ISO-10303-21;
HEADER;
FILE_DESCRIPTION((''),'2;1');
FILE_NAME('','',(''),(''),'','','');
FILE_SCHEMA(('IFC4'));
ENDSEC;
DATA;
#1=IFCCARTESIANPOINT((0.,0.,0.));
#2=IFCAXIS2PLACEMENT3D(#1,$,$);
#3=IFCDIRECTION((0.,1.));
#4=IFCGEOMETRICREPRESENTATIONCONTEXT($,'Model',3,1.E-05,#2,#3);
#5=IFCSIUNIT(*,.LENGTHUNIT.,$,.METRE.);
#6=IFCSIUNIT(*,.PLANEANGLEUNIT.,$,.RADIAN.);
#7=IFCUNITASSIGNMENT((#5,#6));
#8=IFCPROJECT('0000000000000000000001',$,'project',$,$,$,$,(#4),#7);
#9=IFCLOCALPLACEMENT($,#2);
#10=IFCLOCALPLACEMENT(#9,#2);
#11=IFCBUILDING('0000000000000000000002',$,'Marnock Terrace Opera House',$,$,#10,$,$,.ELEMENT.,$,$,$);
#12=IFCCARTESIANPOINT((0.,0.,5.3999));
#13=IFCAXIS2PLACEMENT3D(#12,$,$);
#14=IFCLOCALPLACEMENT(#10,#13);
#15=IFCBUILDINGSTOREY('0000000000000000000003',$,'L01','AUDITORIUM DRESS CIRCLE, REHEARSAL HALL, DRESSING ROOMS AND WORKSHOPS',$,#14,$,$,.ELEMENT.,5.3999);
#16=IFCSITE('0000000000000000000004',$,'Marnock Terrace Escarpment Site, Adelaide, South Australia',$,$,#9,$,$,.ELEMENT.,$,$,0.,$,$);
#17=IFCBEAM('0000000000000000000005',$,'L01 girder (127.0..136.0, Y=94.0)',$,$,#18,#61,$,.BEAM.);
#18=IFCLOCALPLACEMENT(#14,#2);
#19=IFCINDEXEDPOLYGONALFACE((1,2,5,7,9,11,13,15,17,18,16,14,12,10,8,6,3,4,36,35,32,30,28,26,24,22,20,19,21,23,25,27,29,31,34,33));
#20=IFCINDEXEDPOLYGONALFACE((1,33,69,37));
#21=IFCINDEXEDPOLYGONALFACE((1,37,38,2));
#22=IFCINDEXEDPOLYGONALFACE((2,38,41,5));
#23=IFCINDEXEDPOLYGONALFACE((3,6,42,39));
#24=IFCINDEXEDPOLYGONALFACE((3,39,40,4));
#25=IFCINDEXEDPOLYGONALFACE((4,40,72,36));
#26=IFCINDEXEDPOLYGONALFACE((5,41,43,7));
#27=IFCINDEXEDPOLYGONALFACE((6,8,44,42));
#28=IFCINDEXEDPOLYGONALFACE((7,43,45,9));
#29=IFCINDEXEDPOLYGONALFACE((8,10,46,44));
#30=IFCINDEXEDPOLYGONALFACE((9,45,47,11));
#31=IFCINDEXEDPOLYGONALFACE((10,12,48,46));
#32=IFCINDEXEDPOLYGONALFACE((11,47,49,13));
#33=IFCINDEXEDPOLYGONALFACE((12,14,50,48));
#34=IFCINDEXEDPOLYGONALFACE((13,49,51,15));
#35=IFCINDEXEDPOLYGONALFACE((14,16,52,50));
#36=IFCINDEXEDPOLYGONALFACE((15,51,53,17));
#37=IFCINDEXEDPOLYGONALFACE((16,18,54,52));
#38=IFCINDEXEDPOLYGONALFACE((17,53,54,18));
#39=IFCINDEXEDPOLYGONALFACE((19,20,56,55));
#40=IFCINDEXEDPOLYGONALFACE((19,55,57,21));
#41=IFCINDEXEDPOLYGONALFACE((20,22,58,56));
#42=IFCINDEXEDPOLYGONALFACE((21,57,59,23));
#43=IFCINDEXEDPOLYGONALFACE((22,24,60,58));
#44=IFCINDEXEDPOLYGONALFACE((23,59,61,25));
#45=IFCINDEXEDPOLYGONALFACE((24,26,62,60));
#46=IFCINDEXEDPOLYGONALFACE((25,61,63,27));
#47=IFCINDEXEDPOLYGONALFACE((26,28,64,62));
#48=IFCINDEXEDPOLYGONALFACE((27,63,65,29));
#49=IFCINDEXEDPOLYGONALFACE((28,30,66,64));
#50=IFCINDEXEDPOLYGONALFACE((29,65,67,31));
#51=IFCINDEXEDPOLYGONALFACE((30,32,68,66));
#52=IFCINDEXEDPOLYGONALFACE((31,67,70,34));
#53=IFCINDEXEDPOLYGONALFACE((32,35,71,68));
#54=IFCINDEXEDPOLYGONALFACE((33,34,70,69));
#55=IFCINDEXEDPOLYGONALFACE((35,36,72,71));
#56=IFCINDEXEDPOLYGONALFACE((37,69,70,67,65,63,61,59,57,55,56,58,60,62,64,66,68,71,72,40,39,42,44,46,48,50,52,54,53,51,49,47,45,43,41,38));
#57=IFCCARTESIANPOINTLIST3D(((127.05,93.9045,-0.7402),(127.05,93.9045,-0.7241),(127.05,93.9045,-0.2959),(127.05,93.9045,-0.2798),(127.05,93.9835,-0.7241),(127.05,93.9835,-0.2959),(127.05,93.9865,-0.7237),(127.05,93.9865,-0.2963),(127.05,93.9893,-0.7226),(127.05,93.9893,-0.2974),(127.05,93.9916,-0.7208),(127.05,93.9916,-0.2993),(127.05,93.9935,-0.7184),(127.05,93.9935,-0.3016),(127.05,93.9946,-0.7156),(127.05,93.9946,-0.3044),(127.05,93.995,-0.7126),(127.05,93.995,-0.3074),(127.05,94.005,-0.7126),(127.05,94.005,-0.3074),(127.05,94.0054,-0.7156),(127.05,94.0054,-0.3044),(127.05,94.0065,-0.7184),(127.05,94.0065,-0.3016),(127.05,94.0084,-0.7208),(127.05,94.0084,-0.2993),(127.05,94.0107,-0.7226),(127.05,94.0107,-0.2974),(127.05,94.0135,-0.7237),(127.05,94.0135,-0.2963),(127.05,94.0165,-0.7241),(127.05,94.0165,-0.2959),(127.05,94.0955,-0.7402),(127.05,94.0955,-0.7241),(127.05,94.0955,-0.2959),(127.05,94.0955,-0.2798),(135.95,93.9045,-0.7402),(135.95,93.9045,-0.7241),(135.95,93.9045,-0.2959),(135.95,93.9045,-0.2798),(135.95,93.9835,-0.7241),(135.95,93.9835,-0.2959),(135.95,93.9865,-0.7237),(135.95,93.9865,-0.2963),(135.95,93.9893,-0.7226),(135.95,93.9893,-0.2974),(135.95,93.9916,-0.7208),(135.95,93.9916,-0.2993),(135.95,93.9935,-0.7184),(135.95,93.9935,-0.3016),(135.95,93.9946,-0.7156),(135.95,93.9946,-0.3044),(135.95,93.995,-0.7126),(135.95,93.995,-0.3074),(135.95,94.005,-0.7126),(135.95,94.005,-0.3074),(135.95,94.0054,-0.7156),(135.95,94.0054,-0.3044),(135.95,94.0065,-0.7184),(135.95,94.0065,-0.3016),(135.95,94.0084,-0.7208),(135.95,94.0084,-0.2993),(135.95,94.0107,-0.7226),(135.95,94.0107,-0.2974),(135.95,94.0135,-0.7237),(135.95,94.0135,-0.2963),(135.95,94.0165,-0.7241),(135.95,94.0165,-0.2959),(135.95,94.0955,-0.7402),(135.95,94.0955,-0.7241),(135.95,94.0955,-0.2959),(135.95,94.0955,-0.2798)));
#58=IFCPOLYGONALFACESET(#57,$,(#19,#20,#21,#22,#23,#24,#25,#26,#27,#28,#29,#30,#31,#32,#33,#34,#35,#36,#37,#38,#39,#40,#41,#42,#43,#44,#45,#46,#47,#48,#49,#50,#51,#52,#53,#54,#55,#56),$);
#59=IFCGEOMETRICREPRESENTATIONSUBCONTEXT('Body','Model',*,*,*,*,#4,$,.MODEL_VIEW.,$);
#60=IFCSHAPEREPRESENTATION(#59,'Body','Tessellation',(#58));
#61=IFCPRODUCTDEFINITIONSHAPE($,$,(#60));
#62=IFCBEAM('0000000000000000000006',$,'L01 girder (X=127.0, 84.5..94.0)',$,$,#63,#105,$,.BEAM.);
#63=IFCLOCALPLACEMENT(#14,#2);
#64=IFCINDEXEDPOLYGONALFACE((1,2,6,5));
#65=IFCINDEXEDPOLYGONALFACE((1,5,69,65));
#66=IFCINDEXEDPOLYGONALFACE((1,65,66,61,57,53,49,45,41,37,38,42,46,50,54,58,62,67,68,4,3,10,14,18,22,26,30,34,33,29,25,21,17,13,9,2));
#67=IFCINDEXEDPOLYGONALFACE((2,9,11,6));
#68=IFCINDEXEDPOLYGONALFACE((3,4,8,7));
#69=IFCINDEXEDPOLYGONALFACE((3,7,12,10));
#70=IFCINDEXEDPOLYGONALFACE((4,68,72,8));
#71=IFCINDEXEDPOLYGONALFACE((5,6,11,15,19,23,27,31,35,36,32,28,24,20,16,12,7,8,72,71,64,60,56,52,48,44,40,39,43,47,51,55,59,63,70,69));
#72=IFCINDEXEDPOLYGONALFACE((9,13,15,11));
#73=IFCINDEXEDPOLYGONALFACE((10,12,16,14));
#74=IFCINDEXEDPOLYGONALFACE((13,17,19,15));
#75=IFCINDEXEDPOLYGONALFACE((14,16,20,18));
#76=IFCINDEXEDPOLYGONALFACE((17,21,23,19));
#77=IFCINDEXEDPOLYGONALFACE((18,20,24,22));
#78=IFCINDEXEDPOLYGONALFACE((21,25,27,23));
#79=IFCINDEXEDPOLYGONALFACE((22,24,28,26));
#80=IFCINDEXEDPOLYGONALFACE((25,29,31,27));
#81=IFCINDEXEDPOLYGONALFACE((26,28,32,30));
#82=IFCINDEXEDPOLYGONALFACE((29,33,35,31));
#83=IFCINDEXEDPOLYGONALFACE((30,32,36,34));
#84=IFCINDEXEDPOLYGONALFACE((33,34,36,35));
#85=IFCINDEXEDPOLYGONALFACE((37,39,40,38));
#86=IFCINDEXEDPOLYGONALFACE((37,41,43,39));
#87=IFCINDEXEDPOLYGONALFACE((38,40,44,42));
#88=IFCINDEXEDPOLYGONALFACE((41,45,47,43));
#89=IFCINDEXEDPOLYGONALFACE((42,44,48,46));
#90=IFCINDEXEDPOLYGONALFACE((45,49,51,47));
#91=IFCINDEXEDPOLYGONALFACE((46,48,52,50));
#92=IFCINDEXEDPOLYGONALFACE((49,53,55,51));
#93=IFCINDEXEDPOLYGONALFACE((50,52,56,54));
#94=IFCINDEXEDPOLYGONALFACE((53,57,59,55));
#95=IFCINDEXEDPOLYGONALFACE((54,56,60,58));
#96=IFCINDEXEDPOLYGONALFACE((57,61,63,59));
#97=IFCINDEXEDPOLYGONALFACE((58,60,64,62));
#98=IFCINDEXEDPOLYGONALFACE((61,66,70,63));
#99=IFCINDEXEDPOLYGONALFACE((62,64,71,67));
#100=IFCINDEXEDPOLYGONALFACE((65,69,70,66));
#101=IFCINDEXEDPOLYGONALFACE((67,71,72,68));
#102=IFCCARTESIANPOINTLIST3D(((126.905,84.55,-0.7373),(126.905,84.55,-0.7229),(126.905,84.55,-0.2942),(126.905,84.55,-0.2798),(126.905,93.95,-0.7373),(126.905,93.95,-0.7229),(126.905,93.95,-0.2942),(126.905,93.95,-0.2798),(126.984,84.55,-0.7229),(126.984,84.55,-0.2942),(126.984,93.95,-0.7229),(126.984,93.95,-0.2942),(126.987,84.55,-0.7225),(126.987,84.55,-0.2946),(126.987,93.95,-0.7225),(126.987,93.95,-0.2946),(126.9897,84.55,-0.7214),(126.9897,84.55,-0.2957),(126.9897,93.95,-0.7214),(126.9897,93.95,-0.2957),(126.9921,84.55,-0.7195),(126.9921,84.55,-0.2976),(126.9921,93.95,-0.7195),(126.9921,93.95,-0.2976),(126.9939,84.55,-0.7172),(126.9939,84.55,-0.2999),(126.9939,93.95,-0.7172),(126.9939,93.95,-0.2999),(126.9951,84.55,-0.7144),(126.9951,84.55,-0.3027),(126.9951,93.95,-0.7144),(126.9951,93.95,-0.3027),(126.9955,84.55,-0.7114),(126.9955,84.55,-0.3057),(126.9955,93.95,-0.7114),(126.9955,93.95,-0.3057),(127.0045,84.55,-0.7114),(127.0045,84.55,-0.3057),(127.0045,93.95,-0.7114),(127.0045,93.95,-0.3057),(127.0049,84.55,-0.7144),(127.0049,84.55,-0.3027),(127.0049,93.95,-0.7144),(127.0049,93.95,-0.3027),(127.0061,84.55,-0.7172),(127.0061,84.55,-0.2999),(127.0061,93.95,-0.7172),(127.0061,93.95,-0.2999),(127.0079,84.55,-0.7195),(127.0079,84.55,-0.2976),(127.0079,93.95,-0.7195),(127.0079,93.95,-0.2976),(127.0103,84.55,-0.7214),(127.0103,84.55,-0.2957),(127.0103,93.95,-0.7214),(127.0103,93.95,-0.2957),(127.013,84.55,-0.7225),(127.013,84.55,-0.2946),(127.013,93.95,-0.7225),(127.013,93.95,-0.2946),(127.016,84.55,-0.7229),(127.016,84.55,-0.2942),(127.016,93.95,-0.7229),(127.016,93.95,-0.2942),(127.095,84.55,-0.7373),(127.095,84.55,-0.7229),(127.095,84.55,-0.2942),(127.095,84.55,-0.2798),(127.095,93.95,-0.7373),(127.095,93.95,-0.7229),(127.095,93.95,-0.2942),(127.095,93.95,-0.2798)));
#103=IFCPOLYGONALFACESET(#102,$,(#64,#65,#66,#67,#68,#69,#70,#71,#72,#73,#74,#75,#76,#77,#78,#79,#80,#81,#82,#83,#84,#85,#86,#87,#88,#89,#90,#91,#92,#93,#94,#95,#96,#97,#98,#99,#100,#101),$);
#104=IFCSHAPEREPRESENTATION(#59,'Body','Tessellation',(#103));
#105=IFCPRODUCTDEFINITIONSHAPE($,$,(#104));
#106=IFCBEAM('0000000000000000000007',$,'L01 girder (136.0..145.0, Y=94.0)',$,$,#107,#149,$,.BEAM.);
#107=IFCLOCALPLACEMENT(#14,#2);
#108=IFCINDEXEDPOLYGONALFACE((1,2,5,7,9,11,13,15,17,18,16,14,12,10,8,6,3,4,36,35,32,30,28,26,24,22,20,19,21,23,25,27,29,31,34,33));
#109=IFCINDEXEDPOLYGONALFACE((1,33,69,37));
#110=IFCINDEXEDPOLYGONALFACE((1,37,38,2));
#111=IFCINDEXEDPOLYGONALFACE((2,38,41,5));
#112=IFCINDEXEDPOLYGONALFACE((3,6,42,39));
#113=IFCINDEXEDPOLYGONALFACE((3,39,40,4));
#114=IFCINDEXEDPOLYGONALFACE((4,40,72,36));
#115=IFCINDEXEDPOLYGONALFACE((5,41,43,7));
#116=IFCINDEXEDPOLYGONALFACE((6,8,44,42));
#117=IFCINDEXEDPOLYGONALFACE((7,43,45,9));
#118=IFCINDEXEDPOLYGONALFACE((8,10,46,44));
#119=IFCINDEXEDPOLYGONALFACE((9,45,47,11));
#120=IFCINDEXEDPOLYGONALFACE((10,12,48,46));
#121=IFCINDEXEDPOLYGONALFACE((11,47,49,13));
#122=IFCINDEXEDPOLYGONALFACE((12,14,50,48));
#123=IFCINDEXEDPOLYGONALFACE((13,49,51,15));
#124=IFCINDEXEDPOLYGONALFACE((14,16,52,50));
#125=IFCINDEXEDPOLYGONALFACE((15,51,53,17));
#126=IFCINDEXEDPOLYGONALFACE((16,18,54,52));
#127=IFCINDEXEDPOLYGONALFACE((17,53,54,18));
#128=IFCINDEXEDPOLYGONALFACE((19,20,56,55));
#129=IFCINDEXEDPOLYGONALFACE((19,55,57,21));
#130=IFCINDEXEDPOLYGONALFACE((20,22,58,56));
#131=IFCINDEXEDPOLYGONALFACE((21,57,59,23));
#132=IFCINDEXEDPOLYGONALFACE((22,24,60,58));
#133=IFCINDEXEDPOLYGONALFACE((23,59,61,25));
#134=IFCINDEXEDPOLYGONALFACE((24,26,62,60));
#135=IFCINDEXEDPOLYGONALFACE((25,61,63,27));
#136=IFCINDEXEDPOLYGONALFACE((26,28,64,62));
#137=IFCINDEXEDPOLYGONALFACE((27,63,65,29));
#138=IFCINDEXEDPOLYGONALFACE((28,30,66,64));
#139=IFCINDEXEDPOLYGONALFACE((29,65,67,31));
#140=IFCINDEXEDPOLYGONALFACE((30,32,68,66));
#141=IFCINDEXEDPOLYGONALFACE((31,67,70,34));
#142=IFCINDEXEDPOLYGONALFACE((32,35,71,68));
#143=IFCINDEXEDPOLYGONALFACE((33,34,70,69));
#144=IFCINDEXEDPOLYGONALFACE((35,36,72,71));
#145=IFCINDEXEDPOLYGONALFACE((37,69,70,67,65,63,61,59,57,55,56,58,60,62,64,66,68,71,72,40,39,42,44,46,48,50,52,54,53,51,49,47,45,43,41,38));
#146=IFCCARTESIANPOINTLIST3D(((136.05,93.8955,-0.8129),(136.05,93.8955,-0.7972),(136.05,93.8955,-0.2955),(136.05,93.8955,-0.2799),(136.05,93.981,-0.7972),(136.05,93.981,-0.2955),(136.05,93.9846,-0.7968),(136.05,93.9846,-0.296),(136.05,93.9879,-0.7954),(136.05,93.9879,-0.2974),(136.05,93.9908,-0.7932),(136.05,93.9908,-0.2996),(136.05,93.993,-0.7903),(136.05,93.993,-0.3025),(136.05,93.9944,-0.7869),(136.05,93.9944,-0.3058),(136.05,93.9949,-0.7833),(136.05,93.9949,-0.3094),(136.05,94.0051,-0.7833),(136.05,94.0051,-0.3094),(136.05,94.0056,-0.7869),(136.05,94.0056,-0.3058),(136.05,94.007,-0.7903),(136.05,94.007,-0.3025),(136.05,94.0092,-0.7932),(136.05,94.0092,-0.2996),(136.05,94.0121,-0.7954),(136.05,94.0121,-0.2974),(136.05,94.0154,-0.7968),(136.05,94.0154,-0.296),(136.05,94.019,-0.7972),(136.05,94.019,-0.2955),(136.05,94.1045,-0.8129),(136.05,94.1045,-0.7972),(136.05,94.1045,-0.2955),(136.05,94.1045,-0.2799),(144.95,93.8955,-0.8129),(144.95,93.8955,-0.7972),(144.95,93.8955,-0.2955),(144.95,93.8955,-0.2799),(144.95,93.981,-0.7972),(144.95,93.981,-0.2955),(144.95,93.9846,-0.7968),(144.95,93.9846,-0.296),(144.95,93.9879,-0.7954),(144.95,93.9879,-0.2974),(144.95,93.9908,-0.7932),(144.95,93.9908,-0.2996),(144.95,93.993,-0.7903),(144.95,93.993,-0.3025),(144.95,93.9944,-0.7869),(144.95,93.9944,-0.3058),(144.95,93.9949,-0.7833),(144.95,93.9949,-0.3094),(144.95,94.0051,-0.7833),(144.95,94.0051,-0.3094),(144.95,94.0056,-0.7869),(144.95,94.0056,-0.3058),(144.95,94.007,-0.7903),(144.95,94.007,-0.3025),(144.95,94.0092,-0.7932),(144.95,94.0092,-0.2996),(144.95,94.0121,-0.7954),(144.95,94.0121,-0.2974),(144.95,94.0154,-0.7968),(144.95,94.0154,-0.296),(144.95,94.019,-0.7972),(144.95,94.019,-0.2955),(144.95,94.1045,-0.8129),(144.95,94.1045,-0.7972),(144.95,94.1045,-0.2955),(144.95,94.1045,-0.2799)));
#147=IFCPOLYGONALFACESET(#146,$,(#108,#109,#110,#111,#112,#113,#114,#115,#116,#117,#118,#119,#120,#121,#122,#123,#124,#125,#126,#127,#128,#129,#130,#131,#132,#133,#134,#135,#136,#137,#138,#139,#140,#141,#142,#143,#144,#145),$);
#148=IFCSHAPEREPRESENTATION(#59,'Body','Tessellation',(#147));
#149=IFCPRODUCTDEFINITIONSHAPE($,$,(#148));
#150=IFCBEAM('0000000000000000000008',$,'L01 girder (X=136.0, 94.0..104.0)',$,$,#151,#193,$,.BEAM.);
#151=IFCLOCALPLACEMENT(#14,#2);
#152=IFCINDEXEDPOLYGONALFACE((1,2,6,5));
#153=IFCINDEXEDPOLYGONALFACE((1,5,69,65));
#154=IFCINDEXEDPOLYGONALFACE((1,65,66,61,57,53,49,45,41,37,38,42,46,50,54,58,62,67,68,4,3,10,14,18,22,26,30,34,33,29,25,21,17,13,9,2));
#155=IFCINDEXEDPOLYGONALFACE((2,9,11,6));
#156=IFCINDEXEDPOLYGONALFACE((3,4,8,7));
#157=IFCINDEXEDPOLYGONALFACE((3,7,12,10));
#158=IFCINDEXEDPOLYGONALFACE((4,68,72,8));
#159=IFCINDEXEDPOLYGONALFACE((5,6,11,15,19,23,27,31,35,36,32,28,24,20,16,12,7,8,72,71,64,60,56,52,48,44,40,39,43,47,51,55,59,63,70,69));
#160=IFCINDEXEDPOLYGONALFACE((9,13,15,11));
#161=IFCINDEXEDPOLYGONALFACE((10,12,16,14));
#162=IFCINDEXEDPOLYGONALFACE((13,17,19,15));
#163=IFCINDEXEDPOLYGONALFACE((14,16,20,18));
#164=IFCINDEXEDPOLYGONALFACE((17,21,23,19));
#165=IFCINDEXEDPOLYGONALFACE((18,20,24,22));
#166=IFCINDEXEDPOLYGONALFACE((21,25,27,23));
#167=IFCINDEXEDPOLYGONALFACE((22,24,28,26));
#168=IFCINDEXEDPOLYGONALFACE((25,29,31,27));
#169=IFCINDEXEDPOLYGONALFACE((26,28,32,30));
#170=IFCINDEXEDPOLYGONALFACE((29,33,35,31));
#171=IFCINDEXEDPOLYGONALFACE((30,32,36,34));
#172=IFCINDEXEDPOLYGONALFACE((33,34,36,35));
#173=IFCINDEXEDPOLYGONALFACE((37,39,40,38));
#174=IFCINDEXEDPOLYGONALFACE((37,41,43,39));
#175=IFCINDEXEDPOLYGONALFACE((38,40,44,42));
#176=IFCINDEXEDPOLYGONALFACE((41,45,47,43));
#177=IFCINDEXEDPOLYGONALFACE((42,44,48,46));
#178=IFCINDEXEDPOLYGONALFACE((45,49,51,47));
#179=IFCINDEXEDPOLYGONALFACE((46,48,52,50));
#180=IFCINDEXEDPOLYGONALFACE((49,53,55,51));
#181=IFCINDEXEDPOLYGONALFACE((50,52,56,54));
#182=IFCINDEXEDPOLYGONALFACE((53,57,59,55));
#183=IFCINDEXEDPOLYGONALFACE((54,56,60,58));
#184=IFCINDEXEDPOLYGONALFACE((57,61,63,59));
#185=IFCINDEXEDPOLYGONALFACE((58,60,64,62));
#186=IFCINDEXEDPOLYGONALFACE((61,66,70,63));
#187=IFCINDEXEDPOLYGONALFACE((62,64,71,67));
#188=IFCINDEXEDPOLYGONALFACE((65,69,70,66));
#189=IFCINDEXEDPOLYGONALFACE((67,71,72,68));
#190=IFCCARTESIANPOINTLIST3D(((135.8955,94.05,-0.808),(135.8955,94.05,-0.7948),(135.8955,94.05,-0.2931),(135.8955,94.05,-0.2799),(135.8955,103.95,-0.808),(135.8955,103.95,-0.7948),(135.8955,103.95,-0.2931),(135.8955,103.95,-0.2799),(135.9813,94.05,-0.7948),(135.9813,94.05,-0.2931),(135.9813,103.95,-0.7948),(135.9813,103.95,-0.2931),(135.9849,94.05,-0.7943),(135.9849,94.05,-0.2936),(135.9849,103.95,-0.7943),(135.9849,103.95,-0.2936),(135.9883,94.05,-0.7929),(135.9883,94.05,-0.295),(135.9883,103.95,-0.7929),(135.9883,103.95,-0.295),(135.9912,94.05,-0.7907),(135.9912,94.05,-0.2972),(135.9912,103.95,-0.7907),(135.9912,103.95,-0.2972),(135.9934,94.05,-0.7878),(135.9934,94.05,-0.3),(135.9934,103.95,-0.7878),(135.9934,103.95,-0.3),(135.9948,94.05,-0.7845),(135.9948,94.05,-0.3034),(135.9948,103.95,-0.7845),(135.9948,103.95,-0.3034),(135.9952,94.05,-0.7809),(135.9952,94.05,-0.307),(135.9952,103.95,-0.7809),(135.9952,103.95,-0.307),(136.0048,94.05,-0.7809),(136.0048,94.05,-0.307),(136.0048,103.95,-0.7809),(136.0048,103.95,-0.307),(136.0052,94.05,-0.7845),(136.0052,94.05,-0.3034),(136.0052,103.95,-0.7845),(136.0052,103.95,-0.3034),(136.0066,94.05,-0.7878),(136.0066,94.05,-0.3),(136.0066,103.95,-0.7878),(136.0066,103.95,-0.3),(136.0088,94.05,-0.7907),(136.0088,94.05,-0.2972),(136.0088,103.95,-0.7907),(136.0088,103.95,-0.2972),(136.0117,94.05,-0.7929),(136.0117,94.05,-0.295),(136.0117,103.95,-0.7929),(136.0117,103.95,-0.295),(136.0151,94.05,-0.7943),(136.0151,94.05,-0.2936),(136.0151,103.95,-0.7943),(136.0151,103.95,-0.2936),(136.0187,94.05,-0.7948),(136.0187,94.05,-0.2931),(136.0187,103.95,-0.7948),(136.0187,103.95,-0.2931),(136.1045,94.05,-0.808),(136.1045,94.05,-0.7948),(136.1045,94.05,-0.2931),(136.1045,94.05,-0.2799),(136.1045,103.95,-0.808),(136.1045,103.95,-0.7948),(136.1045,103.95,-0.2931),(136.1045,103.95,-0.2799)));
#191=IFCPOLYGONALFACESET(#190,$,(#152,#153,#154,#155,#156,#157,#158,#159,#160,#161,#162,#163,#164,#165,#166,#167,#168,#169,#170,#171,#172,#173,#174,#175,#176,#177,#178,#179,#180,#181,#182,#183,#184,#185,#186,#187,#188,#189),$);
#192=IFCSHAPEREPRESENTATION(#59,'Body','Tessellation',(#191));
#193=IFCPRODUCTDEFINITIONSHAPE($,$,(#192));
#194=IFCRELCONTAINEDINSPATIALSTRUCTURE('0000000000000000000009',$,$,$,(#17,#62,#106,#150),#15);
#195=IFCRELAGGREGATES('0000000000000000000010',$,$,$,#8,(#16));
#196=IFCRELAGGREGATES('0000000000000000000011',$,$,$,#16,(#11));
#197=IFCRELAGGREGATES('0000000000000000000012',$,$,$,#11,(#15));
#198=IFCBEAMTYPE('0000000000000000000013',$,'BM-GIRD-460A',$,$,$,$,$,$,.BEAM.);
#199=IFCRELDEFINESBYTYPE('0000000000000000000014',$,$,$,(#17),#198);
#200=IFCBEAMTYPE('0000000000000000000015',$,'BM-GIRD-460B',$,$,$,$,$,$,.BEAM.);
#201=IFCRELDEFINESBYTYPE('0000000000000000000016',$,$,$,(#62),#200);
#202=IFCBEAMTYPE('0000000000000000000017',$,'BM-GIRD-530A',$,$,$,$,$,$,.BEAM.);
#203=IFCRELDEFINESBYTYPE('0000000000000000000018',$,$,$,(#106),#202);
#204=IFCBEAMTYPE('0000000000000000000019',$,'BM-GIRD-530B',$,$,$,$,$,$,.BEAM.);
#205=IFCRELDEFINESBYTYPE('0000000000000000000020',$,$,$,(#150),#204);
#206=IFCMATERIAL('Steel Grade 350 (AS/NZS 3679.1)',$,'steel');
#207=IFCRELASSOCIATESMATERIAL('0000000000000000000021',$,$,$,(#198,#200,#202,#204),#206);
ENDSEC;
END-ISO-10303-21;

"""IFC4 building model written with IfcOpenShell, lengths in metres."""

from ifc_helpers import new_model, si_unit, direction, frame, origin, origin_2d, place, context, subcontext, project, spatial, i_section, extrude, material, material_profile, profile_set, type_object, element, save


model = new_model("IFC4")

# Units and contexts
model_context = context("Model", 3, precision=1e-05, world=origin(), true_north=direction((0.0, 1.0)))
body_context = subcontext(model_context, "Body", "Model", "MODEL_VIEW")
ifc_project = project(units=[si_unit("LENGTHUNIT", "METRE"), si_unit("PLANEANGLEUNIT", "RADIAN")], contexts=[model_context])

# Site, building, storey
site_placement = place(None, origin())
site = spatial("IfcSite", under=ifc_project, at=site_placement, Name="Marnock Terrace Escarpment Site, Adelaide, South Australia", CompositionType="ELEMENT", RefElevation=0.0)
building_placement = place(site_placement, origin())
building = spatial("IfcBuilding", under=site, at=building_placement, Name="Marnock Terrace Opera House", CompositionType="ELEMENT")
storey_placement = place(building_placement, frame((0.0, 0.0, 5.3999)))
storey = spatial("IfcBuildingStorey", under=building, at=storey_placement, Name="L01", Description="AUDITORIUM DRESS CIRCLE, REHEARSAL HALL, DRESSING ROOMS AND WORKSHOPS", CompositionType="ELEMENT", Elevation=5.3999)

# Beams
ifc_material_1 = material(Name="Steel Grade 350 (AS/NZS 3679.1)", Category="steel")
ifc_material_profile_1 = material_profile(ifc_material_1, i_section(OverallWidth=0.1909, OverallDepth=0.4604, WebThickness=0.01, FlangeThickness=0.0161, FilletRadius=0.0115, at=origin_2d()))
ifc_profile_set_1 = profile_set([ifc_material_profile_1], Name="Steel Grade 350 (AS/NZS 3679.1)")
beam_type_1 = type_object("IfcBeamType", Name="BM-GIRD-460A", PredefinedType="BEAM", material=ifc_profile_set_1)
beam_1_placement = place(storey_placement, frame((127.05, 94.0, -0.51), z_axis=(1.0, 0.0, 0.0), x_axis=(0.0, 1.0, 0.0)))
element("IfcBeam", 1, at=beam_1_placement, inside=storey, type_object=beam_type_1, Name="L01 girder (127.0..136.0, Y=94.0)", PredefinedType="BEAM", context=body_context, shape_type="SweptSolid", body=[
    extrude(i_section(OverallWidth=0.1909, OverallDepth=0.4604, WebThickness=0.01, FlangeThickness=0.0161, FilletRadius=0.0115, at=origin_2d()), origin(), (0.0, 0.0, 1.0), 8.8999),
])
ifc_material_profile_2 = material_profile(ifc_material_1, i_section(OverallWidth=0.1899, OverallDepth=0.4575, WebThickness=0.009, FlangeThickness=0.0144, FilletRadius=0.0115, at=origin_2d()))
ifc_profile_set_2 = profile_set([ifc_material_profile_2], Name="Steel Grade 350 (AS/NZS 3679.1)")
beam_type_2 = type_object("IfcBeamType", Name="BM-GIRD-460B", PredefinedType="BEAM", material=ifc_profile_set_2)
beam_2_placement = place(storey_placement, frame((127.0, 84.55, -0.5085), z_axis=(0.0, 1.0, 0.0), x_axis=(-1.0, 0.0, 0.0)))
element("IfcBeam", 2, at=beam_2_placement, inside=storey, type_object=beam_type_2, Name="L01 girder (X=127.0, 84.5..94.0)", PredefinedType="BEAM", context=body_context, shape_type="SweptSolid", body=[
    extrude(i_section(OverallWidth=0.1899, OverallDepth=0.4575, WebThickness=0.009, FlangeThickness=0.0144, FilletRadius=0.0115, at=origin_2d()), origin(), (0.0, 0.0, 1.0), 9.3999),
])
ifc_material_profile_3 = material_profile(ifc_material_1, i_section(OverallWidth=0.209, OverallDepth=0.533, WebThickness=0.0103, FlangeThickness=0.0156, FilletRadius=0.0139, at=origin_2d()))
ifc_profile_set_3 = profile_set([ifc_material_profile_3], Name="Steel Grade 350 (AS/NZS 3679.1)")
beam_type_3 = type_object("IfcBeamType", Name="BM-GIRD-530A", PredefinedType="BEAM", material=ifc_profile_set_3)
beam_3_placement = place(storey_placement, frame((136.05, 94.0, -0.5464), z_axis=(1.0, 0.0, 0.0), x_axis=(0.0, 1.0, 0.0)))
element("IfcBeam", 3, at=beam_3_placement, inside=storey, type_object=beam_type_3, Name="L01 girder (136.0..145.0, Y=94.0)", PredefinedType="BEAM", context=body_context, shape_type="SweptSolid", body=[
    extrude(i_section(OverallWidth=0.209, OverallDepth=0.533, WebThickness=0.0103, FlangeThickness=0.0156, FilletRadius=0.0139, at=origin_2d()), origin(), (0.0, 0.0, 1.0), 8.8999),
])
ifc_material_profile_4 = material_profile(ifc_material_1, i_section(OverallWidth=0.209, OverallDepth=0.5281, WebThickness=0.0095, FlangeThickness=0.0132, FilletRadius=0.0139, at=origin_2d()))
ifc_profile_set_4 = profile_set([ifc_material_profile_4], Name="Steel Grade 350 (AS/NZS 3679.1)")
beam_type_4 = type_object("IfcBeamType", Name="BM-GIRD-530B", PredefinedType="BEAM", material=ifc_profile_set_4)
beam_4_placement = place(storey_placement, frame((136.0, 94.05, -0.5439), z_axis=(0.0, 1.0, 0.0), x_axis=(-1.0, 0.0, 0.0)))
element("IfcBeam", 4, at=beam_4_placement, inside=storey, type_object=beam_type_4, Name="L01 girder (X=136.0, 94.0..104.0)", PredefinedType="BEAM", context=body_context, shape_type="SweptSolid", body=[
    extrude(i_section(OverallWidth=0.209, OverallDepth=0.5281, WebThickness=0.0095, FlangeThickness=0.0132, FilletRadius=0.0139, at=origin_2d()), origin(), (0.0, 0.0, 1.0), 9.8999),
])

save(model, "model.ifc")
